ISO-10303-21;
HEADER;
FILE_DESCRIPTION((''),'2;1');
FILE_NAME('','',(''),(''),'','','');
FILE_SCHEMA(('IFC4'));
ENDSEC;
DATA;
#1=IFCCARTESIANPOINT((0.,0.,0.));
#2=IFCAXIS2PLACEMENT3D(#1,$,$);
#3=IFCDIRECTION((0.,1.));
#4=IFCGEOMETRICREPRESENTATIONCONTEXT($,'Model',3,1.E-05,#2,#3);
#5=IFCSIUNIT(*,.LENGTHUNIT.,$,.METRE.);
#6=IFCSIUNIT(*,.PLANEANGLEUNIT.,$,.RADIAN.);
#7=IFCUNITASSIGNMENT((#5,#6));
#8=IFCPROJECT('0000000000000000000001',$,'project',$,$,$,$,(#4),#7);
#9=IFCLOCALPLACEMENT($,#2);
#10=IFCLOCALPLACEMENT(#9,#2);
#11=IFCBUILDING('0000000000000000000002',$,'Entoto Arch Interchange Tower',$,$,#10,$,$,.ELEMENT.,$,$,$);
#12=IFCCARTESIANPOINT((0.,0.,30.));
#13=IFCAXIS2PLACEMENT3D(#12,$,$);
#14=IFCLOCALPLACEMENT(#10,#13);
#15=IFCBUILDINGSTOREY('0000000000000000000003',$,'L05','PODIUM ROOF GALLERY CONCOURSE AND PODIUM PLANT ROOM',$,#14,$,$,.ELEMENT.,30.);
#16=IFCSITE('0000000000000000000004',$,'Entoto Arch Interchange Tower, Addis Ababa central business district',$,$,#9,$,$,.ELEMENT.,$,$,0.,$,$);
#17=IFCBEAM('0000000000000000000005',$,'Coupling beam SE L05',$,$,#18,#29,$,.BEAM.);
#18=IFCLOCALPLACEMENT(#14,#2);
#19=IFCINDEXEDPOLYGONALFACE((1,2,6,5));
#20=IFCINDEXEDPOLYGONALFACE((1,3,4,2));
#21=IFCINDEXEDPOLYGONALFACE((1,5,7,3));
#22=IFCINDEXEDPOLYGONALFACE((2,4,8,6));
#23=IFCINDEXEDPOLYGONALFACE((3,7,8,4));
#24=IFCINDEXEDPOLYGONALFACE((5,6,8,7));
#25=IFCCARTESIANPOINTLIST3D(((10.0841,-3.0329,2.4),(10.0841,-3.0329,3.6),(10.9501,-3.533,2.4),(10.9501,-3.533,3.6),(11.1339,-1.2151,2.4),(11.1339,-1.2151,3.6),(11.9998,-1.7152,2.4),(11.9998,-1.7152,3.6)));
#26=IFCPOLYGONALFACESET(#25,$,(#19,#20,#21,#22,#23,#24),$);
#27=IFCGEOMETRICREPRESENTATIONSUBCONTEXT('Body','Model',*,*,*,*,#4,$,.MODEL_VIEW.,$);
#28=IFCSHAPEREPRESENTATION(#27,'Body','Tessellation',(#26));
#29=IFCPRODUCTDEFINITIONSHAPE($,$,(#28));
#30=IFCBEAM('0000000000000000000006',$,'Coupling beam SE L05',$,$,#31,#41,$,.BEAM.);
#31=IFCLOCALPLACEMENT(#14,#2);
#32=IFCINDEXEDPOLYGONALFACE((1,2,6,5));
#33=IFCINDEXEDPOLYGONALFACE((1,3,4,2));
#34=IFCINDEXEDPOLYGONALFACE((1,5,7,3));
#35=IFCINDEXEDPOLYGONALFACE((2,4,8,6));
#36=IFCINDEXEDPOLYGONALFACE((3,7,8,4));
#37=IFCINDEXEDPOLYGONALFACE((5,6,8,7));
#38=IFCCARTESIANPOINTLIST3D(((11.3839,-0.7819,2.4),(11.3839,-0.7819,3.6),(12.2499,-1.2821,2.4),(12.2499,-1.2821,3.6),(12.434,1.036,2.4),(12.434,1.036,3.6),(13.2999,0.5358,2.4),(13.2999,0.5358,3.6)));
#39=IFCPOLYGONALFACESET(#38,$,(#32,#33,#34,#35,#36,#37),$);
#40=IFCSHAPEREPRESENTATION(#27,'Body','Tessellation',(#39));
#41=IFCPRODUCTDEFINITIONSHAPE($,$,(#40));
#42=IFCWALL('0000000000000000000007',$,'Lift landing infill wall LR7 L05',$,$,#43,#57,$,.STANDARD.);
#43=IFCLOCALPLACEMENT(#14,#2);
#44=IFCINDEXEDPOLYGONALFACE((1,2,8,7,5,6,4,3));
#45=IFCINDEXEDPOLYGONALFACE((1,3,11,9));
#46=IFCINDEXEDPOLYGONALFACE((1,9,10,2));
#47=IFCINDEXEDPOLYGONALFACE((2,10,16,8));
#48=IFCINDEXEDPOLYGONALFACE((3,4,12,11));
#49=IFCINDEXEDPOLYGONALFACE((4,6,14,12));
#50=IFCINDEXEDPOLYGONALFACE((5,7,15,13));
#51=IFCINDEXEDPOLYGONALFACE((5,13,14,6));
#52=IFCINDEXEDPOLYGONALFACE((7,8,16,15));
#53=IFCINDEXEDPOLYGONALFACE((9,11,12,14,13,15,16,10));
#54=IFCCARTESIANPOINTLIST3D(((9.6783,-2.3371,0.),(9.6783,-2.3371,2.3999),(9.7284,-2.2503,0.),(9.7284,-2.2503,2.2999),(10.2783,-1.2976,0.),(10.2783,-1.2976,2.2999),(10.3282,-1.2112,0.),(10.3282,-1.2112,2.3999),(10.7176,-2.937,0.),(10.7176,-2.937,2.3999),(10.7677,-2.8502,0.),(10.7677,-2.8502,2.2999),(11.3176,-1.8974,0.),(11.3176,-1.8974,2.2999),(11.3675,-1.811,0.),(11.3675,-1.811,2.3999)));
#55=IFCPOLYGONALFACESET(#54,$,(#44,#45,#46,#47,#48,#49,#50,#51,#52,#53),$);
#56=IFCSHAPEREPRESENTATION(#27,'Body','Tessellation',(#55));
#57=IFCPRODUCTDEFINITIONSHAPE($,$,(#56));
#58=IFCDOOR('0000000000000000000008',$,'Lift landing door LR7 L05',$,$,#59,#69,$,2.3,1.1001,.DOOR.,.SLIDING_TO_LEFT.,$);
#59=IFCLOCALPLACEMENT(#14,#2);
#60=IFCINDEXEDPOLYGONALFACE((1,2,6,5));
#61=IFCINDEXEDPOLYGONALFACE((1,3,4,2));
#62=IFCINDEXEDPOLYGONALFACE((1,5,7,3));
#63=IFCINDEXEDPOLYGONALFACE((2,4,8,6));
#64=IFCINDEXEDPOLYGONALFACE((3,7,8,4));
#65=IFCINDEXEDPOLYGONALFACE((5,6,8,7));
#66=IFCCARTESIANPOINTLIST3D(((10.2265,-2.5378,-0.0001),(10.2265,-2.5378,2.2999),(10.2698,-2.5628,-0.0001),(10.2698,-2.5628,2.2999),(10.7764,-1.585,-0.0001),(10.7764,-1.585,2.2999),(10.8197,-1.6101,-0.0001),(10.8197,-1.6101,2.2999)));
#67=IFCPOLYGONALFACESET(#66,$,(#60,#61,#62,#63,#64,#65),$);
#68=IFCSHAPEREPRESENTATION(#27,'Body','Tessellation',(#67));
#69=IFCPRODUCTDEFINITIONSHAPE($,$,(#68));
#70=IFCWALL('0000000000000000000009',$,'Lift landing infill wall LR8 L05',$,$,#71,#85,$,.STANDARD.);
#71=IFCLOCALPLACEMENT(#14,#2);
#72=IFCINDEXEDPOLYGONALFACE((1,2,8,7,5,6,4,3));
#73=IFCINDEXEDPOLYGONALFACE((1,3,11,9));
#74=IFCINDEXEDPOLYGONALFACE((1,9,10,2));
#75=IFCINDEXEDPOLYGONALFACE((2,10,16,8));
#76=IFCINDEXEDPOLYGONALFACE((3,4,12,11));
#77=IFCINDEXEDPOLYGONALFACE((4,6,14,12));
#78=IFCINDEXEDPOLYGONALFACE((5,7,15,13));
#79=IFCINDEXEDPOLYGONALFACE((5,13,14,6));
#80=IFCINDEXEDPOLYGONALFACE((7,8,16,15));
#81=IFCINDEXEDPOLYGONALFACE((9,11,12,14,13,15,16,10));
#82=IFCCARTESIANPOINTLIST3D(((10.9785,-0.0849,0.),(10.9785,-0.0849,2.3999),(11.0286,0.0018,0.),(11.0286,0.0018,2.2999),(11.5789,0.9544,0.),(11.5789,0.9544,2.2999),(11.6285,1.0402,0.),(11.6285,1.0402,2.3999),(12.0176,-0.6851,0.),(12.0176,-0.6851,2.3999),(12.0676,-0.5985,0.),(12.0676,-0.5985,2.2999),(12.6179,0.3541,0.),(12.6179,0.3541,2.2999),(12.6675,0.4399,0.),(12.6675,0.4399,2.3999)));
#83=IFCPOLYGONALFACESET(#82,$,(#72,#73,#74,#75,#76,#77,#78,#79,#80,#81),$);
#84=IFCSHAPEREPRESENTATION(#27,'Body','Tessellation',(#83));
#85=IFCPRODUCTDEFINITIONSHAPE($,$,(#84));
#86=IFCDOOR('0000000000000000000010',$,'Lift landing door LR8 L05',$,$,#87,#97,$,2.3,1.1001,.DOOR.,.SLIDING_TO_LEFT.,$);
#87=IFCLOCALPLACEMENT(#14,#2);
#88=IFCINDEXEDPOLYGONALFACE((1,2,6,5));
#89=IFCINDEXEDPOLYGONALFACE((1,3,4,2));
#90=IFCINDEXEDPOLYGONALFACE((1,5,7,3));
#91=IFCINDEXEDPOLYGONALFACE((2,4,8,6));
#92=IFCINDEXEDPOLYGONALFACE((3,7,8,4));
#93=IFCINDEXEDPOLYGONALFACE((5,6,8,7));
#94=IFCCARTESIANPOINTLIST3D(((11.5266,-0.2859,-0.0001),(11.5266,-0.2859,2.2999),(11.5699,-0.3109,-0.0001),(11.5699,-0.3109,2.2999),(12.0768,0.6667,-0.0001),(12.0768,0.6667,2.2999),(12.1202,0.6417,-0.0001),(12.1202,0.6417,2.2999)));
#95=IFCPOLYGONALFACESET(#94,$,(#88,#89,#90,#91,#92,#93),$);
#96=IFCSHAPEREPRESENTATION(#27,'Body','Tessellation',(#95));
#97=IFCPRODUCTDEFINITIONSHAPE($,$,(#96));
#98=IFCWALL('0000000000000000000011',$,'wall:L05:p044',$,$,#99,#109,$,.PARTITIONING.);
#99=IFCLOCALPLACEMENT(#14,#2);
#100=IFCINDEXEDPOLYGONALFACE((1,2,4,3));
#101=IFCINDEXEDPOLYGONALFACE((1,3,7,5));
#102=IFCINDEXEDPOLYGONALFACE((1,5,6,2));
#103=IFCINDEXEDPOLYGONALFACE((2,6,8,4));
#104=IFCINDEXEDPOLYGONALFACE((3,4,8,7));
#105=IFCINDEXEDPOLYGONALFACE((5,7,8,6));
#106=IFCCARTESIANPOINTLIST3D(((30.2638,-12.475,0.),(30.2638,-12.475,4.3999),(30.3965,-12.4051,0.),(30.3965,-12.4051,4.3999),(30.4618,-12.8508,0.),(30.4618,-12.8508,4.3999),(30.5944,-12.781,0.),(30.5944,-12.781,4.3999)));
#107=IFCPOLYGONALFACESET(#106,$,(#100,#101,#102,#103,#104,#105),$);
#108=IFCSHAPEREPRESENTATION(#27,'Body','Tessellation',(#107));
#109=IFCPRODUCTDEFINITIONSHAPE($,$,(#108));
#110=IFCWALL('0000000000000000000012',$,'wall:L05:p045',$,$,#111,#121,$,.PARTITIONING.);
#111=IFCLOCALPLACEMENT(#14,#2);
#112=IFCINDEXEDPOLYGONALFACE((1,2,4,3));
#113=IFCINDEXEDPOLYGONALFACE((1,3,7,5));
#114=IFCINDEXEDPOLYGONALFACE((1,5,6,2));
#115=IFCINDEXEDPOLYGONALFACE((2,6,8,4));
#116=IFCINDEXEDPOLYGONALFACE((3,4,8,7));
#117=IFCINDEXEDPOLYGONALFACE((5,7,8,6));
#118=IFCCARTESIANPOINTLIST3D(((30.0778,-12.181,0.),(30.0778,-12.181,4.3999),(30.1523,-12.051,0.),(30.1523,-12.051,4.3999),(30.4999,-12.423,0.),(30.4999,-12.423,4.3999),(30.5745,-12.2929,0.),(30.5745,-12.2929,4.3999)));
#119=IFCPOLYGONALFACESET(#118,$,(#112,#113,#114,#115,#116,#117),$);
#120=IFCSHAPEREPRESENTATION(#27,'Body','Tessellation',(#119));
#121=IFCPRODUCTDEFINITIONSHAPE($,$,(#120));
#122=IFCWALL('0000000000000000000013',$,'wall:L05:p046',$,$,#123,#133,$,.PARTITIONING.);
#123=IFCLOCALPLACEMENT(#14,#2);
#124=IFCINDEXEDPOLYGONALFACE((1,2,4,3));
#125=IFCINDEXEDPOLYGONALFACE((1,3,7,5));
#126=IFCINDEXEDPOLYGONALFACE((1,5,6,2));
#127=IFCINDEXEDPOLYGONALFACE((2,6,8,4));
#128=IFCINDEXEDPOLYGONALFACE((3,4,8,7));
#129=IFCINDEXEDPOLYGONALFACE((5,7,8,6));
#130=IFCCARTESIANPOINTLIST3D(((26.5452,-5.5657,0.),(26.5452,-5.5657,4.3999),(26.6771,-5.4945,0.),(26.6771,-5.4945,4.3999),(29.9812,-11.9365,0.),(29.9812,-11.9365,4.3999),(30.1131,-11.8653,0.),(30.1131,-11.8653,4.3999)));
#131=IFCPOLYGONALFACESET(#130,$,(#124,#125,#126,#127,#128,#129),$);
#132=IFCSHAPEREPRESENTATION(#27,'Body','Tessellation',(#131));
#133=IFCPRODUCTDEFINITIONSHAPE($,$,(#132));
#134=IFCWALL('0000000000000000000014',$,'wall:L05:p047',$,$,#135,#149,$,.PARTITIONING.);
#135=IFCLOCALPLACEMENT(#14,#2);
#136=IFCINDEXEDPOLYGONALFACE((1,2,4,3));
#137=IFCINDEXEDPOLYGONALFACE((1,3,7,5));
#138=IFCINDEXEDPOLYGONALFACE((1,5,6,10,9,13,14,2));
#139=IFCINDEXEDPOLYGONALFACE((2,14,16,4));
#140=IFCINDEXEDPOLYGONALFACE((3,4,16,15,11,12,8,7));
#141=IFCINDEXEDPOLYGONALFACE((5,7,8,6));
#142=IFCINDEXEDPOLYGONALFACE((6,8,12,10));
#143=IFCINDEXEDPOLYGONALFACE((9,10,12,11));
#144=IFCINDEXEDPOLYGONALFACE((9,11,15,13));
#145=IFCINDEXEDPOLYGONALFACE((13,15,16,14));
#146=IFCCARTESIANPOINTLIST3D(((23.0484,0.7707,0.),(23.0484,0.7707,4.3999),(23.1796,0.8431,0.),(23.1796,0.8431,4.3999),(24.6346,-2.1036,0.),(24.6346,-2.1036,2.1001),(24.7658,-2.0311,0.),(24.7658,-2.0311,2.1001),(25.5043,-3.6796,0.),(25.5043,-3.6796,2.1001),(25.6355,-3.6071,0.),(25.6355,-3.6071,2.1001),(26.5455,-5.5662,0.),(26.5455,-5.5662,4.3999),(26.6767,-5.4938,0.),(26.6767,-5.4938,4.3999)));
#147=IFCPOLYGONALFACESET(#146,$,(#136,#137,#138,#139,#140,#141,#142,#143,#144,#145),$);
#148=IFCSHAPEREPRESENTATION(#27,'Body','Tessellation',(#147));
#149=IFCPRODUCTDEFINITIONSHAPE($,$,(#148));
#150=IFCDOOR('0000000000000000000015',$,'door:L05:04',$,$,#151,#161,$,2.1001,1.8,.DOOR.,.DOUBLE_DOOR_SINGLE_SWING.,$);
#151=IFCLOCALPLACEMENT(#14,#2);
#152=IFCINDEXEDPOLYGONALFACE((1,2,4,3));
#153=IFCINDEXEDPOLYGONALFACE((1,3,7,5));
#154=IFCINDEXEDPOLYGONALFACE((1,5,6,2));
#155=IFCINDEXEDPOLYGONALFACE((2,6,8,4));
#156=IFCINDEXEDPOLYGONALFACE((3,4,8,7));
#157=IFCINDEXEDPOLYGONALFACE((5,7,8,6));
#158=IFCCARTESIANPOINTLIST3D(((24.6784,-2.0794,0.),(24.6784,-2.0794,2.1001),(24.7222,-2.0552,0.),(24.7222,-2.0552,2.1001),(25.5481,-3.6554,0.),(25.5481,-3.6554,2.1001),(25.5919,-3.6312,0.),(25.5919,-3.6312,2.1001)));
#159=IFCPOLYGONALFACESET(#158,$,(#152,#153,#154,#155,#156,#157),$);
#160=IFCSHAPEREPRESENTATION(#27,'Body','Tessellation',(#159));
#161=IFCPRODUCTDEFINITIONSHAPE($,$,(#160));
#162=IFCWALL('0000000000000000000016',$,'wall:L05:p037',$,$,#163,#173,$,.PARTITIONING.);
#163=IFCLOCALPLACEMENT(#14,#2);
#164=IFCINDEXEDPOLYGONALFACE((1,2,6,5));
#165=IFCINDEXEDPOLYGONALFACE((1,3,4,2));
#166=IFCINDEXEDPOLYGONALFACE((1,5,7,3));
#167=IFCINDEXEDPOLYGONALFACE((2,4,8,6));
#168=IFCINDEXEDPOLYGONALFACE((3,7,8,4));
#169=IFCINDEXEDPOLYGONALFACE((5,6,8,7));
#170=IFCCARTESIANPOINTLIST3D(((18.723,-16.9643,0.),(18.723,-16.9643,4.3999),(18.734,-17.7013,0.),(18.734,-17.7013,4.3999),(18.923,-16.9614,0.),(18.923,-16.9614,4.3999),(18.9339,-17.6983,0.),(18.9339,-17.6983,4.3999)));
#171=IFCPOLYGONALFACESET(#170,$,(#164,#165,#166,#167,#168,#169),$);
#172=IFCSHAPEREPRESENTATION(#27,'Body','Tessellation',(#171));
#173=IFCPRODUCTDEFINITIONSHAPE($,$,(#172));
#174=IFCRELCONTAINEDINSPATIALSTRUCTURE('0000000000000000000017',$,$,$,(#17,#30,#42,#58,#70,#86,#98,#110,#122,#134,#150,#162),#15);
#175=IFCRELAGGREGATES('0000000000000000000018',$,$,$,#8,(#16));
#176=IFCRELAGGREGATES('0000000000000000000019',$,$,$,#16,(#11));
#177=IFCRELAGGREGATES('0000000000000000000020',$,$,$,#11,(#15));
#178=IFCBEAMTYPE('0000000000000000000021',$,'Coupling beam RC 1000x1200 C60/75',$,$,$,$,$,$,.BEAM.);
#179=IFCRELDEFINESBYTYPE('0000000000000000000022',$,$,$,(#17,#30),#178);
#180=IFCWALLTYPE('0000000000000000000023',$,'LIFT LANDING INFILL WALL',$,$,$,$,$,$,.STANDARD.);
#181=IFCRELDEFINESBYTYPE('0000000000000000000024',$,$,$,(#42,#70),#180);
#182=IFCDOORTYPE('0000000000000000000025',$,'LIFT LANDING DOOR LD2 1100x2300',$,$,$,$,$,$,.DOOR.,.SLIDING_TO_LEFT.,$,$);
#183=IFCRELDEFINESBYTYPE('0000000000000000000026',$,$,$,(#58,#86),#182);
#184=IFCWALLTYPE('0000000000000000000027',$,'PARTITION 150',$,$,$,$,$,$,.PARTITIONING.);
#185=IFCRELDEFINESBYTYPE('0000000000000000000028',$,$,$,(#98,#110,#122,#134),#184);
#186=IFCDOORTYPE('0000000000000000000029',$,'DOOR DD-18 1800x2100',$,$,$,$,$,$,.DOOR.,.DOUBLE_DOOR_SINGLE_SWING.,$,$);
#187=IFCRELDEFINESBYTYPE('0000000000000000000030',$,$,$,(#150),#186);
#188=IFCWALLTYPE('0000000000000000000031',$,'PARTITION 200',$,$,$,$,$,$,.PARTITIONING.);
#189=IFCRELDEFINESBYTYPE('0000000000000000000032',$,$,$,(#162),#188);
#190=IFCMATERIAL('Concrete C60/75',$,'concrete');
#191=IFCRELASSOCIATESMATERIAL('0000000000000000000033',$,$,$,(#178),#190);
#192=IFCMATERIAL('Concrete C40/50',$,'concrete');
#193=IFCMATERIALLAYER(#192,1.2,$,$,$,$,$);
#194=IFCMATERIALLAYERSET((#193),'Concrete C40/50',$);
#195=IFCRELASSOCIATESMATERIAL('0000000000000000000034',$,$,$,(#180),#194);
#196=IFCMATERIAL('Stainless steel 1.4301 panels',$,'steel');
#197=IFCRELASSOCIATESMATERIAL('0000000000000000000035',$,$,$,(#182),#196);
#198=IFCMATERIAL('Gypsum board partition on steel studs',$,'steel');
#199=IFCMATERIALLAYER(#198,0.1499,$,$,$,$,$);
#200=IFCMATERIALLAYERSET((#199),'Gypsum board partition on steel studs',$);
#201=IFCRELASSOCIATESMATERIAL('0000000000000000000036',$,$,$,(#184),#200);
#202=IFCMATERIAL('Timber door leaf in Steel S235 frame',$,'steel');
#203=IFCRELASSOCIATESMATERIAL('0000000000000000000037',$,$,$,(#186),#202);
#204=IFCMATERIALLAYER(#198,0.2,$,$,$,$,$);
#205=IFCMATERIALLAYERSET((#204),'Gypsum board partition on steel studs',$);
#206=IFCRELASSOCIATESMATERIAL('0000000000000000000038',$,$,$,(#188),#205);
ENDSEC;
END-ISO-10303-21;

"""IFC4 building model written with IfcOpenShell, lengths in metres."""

from ifc_helpers import new_model, si_unit, direction, frame, frame_2d, origin, origin_2d, place, context, subcontext, project, spatial, rectangle, extrude, material, layer, layer_set, material_profile, profile_set, type_object, element, fill, save


model = new_model("IFC4")

# Units and contexts
model_context = context("Model", 3, precision=1e-05, world=origin(), true_north=direction((0.0, 1.0)))
body_context = subcontext(model_context, "Body", "Model", "MODEL_VIEW")
ifc_project = project(units=[si_unit("LENGTHUNIT", "METRE"), si_unit("PLANEANGLEUNIT", "RADIAN")], contexts=[model_context])

# Site, building, storey
site_placement = place(None, origin())
site = spatial("IfcSite", under=ifc_project, at=site_placement, Name="Entoto Arch Interchange Tower, Addis Ababa central business district", CompositionType="ELEMENT", RefElevation=0.0)
building_placement = place(site_placement, origin())
building = spatial("IfcBuilding", under=site, at=building_placement, Name="Entoto Arch Interchange Tower", CompositionType="ELEMENT")
storey_placement = place(building_placement, frame((0.0, 0.0, 30.0)))
storey = spatial("IfcBuildingStorey", under=building, at=storey_placement, Name="L05", Description="PODIUM ROOF GALLERY CONCOURSE AND PODIUM PLANT ROOM", CompositionType="ELEMENT", Elevation=30.0)

# Beams
ifc_material_1 = material(Name="Concrete C60/75", Category="concrete")
ifc_material_profile = material_profile(ifc_material_1, rectangle(XDim=1.0, YDim=1.2, at=origin_2d()))
ifc_profile_set = profile_set([ifc_material_profile], Name="Concrete C60/75")
beam_type = type_object("IfcBeamType", Name="Coupling beam RC 1000x1200 C60/75", PredefinedType="BEAM", material=ifc_profile_set)
beam_1_placement = place(storey_placement, frame((10.5171, -3.283, 3.0), z_axis=(0.500092, 0.865973, 0.0), x_axis=(-0.865973, 0.500092, 0.0)))
element("IfcBeam", 1, at=beam_1_placement, inside=storey, type_object=beam_type, Name="Coupling beam SE L05", PredefinedType="BEAM", context=body_context, shape_type="SweptSolid", body=[
    extrude(rectangle(XDim=1.0, YDim=1.2, at=origin_2d()), origin(), (0.0, 0.0, 1.0), 2.0991),
])
beam_2_placement = place(storey_placement, frame((11.8169, -1.032, 3.0), z_axis=(0.500179, 0.865922, 0.0), x_axis=(-0.865922, 0.500179, 0.0)))
element("IfcBeam", 2, at=beam_2_placement, inside=storey, type_object=beam_type, Name="Coupling beam SE L05", PredefinedType="BEAM", context=body_context, shape_type="SweptSolid", body=[
    extrude(rectangle(XDim=1.0, YDim=1.2, at=origin_2d()), origin(), (0.0, 0.0, 1.0), 2.0994),
])

# Walls, openings, doors
ifc_material_2 = material(Name="Concrete C40/50", Category="concrete")
ifc_layer_1 = layer(ifc_material_2, 1.2)
ifc_layer_set_1 = layer_set([ifc_layer_1], Name="Concrete C40/50")
wall_type_1 = type_object("IfcWallType", Name="LIFT LANDING INFILL WALL", PredefinedType="STANDARD", material=ifc_layer_set_1)
wall_1_placement = place(storey_placement, frame((10.198, -2.637, 0.0), z_axis=(0.0, 0.0, 1.0), x_axis=(0.499896, 0.866086, 0.0)))
wall_1 = element("IfcWall", 3, at=wall_1_placement, inside=storey, type_object=wall_type_1, Name="Lift landing infill wall LR7 L05", PredefinedType="STANDARD", context=body_context, shape_type="SweptSolid", body=[
    extrude(rectangle(XDim=1.3, YDim=1.2, at=frame_2d((0.6499, 0.0))), origin(), (0.0, 0.0, 1.0), 2.3999),
])
opening_1_placement = place(wall_1_placement, frame((0.1001, 0.0, 0.0)))
opening_1 = element("IfcOpeningElement", 4, at=opening_1_placement, cuts=wall_1, PredefinedType="OPENING", context=body_context, shape_type="SweptSolid", body=[
    extrude(rectangle(XDim=1.1001, YDim=2.3, at=frame_2d((0.55, 1.1499))), frame((0.0, 0.6099, 0.0), z_axis=(0.0, -1.0, 0.0), x_axis=(1.0, 0.0, 0.0)), (0.0, 0.0, 1.0), 1.22),
])
ifc_material_3 = material(Name="Stainless steel 1.4301 panels", Category="steel")
door_type_1 = type_object("IfcDoorType", Name="LIFT LANDING DOOR LD2 1100x2300", OperationType="SLIDING_TO_LEFT", PredefinedType="DOOR", material=ifc_material_3)
door_1_placement = place(opening_1_placement, origin())
door_1 = element("IfcDoor", 5, at=door_1_placement, inside=storey, type_object=door_type_1, Name="Lift landing door LR7 L05", OperationType="SLIDING_TO_LEFT", OverallHeight=2.3, OverallWidth=1.1001, PredefinedType="DOOR", context=body_context, shape_type="SweptSolid", body=[
    extrude(rectangle(XDim=1.1001, YDim=2.3, at=frame_2d((0.55, 1.1499))), frame((0.0, 0.0249, 0.0), z_axis=(0.0, -1.0, 0.0), x_axis=(1.0, 0.0, 0.0)), (0.0, 0.0, 1.0), 0.05),
])
fill(opening_1, door_1)
wall_2_placement = place(storey_placement, frame((11.498, -0.385, 0.0), z_axis=(0.0, 0.0, 1.0), x_axis=(0.500221, 0.865898, 0.0)))
wall_2 = element("IfcWall", 6, at=wall_2_placement, inside=storey, type_object=wall_type_1, Name="Lift landing infill wall LR8 L05", PredefinedType="STANDARD", context=body_context, shape_type="SweptSolid", body=[
    extrude(rectangle(XDim=1.2993, YDim=1.2, at=frame_2d((0.6497, 0.0))), origin(), (0.0, 0.0, 1.0), 2.3999),
])
opening_2_placement = place(wall_2_placement, frame((0.1001, 0.0, 0.0)))
opening_2 = element("IfcOpeningElement", 7, at=opening_2_placement, cuts=wall_2, PredefinedType="OPENING", context=body_context, shape_type="SweptSolid", body=[
    extrude(rectangle(XDim=1.1001, YDim=2.3, at=frame_2d((0.55, 1.1499))), frame((0.0, 0.6099, 0.0), z_axis=(0.0, -1.0, 0.0), x_axis=(1.0, 0.0, 0.0)), (0.0, 0.0, 1.0), 1.22),
])
door_2_placement = place(opening_2_placement, origin())
door_2 = element("IfcDoor", 8, at=door_2_placement, inside=storey, type_object=door_type_1, Name="Lift landing door LR8 L05", OperationType="SLIDING_TO_LEFT", OverallHeight=2.3, OverallWidth=1.1001, PredefinedType="DOOR", context=body_context, shape_type="SweptSolid", body=[
    extrude(rectangle(XDim=1.1001, YDim=2.3, at=frame_2d((0.55, 1.1499))), frame((0.0, 0.0249, 0.0), z_axis=(0.0, -1.0, 0.0), x_axis=(1.0, 0.0, 0.0)), (0.0, 0.0, 1.0), 0.05),
])
fill(opening_2, door_2)

# Walls
ifc_material_4 = material(Name="Gypsum board partition on steel studs", Category="steel")
ifc_layer_2 = layer(ifc_material_4, 0.1499)
ifc_layer_set_2 = layer_set([ifc_layer_2], Name="Gypsum board partition on steel studs")
wall_type_2 = type_object("IfcWallType", Name="PARTITION 150", PredefinedType="PARTITIONING", material=ifc_layer_set_2)
wall_3_placement = place(storey_placement, frame((30.5281, -12.8159, 0.0), z_axis=(0.0, 0.0, 1.0), x_axis=(-0.46596, 0.884806, 0.0)))
element("IfcWall", 9, at=wall_3_placement, inside=storey, type_object=wall_type_2, Name="wall:L05:p044", PredefinedType="PARTITIONING", context=body_context, shape_type="SweptSolid", body=[
    extrude(rectangle(XDim=0.4248, YDim=0.1499, at=frame_2d((0.2124, 0.0))), origin(), (0.0, 0.0, 1.0), 4.3999),
])
wall_4_placement = place(storey_placement, frame((30.5371, -12.3579, 0.0), z_axis=(0.0, 0.0, 1.0), x_axis=(-0.867594, 0.497273, 0.0)))
element("IfcWall", 10, at=wall_4_placement, inside=storey, type_object=wall_type_2, Name="wall:L05:p045", PredefinedType="PARTITIONING", context=body_context, shape_type="SweptSolid", body=[
    extrude(rectangle(XDim=0.4866, YDim=0.1499, at=frame_2d((0.2432, 0.0))), origin(), (0.0, 0.0, 1.0), 4.3999),
])
wall_5_placement = place(storey_placement, frame((30.0471, -11.9009, 0.0), z_axis=(0.0, 0.0, 1.0), x_axis=(-0.474697, 0.880149, 0.0)))
element("IfcWall", 11, at=wall_5_placement, inside=storey, type_object=wall_type_2, Name="wall:L05:p046", PredefinedType="PARTITIONING", context=body_context, shape_type="SweptSolid", body=[
    extrude(rectangle(XDim=7.2383, YDim=0.1499, at=frame_2d((3.6191, 0.0))), origin(), (0.0, 0.0, 1.0), 4.3999),
])

# Wall, opening, door
wall_6_placement = place(storey_placement, frame((26.6111, -5.53, 0.0), z_axis=(0.0, 0.0, 1.0), x_axis=(-0.483167, 0.875528, 0.0)))
wall_6 = element("IfcWall", 12, at=wall_6_placement, inside=storey, type_object=wall_type_2, Name="wall:L05:p047", PredefinedType="PARTITIONING", context=body_context, shape_type="SweptSolid", body=[
    extrude(rectangle(XDim=7.2378, YDim=0.1499, at=frame_2d((3.6189, 0.0))), origin(), (0.0, 0.0, 1.0), 4.3999),
])
opening_3_placement = place(wall_6_placement, frame((2.155, 0.0, 0.0)))
opening_3 = element("IfcOpeningElement", 13, at=opening_3_placement, cuts=wall_6, PredefinedType="OPENING", context=body_context, shape_type="SweptSolid", body=[
    extrude(rectangle(XDim=1.8, YDim=2.1001, at=frame_2d((0.8999, 1.05))), frame((0.0, 0.085, 0.0), z_axis=(0.0, -1.0, 0.0), x_axis=(1.0, 0.0, 0.0)), (0.0, 0.0, 1.0), 0.1699),
])
ifc_material_5 = material(Name="Timber door leaf in Steel S235 frame", Category="steel")
door_type_2 = type_object("IfcDoorType", Name="DOOR DD-18 1800x2100", OperationType="DOUBLE_DOOR_SINGLE_SWING", PredefinedType="DOOR", material=ifc_material_5)
door_3_placement = place(opening_3_placement, origin())
door_3 = element("IfcDoor", 14, at=door_3_placement, inside=storey, type_object=door_type_2, Name="door:L05:04", OperationType="DOUBLE_DOOR_SINGLE_SWING", OverallHeight=2.1001, OverallWidth=1.8, PredefinedType="DOOR", context=body_context, shape_type="SweptSolid", body=[
    extrude(rectangle(XDim=1.8, YDim=2.1001, at=frame_2d((0.8999, 1.05))), frame((0.0, 0.0249, 0.0), z_axis=(0.0, -1.0, 0.0), x_axis=(1.0, 0.0, 0.0)), (0.0, 0.0, 1.0), 0.05),
])
fill(opening_3, door_3)

# Wall
ifc_layer_3 = layer(ifc_material_4, 0.2)
ifc_layer_set_3 = layer_set([ifc_layer_3], Name="Gypsum board partition on steel studs")
wall_type_3 = type_object("IfcWallType", Name="PARTITION 200", PredefinedType="PARTITIONING", material=ifc_layer_set_3)
wall_7_placement = place(storey_placement, frame((18.834, -17.7, 0.0), z_axis=(0.0, 0.0, 1.0), x_axis=(-0.014904, 0.999889, 0.0)))
element("IfcWall", 15, at=wall_7_placement, inside=storey, type_object=wall_type_3, Name="wall:L05:p037", PredefinedType="PARTITIONING", context=body_context, shape_type="SweptSolid", body=[
    extrude(rectangle(XDim=0.7371, YDim=0.2, at=frame_2d((0.3687, 0.0))), origin(), (0.0, 0.0, 1.0), 4.3999),
])

save(model, "model.ifc")
